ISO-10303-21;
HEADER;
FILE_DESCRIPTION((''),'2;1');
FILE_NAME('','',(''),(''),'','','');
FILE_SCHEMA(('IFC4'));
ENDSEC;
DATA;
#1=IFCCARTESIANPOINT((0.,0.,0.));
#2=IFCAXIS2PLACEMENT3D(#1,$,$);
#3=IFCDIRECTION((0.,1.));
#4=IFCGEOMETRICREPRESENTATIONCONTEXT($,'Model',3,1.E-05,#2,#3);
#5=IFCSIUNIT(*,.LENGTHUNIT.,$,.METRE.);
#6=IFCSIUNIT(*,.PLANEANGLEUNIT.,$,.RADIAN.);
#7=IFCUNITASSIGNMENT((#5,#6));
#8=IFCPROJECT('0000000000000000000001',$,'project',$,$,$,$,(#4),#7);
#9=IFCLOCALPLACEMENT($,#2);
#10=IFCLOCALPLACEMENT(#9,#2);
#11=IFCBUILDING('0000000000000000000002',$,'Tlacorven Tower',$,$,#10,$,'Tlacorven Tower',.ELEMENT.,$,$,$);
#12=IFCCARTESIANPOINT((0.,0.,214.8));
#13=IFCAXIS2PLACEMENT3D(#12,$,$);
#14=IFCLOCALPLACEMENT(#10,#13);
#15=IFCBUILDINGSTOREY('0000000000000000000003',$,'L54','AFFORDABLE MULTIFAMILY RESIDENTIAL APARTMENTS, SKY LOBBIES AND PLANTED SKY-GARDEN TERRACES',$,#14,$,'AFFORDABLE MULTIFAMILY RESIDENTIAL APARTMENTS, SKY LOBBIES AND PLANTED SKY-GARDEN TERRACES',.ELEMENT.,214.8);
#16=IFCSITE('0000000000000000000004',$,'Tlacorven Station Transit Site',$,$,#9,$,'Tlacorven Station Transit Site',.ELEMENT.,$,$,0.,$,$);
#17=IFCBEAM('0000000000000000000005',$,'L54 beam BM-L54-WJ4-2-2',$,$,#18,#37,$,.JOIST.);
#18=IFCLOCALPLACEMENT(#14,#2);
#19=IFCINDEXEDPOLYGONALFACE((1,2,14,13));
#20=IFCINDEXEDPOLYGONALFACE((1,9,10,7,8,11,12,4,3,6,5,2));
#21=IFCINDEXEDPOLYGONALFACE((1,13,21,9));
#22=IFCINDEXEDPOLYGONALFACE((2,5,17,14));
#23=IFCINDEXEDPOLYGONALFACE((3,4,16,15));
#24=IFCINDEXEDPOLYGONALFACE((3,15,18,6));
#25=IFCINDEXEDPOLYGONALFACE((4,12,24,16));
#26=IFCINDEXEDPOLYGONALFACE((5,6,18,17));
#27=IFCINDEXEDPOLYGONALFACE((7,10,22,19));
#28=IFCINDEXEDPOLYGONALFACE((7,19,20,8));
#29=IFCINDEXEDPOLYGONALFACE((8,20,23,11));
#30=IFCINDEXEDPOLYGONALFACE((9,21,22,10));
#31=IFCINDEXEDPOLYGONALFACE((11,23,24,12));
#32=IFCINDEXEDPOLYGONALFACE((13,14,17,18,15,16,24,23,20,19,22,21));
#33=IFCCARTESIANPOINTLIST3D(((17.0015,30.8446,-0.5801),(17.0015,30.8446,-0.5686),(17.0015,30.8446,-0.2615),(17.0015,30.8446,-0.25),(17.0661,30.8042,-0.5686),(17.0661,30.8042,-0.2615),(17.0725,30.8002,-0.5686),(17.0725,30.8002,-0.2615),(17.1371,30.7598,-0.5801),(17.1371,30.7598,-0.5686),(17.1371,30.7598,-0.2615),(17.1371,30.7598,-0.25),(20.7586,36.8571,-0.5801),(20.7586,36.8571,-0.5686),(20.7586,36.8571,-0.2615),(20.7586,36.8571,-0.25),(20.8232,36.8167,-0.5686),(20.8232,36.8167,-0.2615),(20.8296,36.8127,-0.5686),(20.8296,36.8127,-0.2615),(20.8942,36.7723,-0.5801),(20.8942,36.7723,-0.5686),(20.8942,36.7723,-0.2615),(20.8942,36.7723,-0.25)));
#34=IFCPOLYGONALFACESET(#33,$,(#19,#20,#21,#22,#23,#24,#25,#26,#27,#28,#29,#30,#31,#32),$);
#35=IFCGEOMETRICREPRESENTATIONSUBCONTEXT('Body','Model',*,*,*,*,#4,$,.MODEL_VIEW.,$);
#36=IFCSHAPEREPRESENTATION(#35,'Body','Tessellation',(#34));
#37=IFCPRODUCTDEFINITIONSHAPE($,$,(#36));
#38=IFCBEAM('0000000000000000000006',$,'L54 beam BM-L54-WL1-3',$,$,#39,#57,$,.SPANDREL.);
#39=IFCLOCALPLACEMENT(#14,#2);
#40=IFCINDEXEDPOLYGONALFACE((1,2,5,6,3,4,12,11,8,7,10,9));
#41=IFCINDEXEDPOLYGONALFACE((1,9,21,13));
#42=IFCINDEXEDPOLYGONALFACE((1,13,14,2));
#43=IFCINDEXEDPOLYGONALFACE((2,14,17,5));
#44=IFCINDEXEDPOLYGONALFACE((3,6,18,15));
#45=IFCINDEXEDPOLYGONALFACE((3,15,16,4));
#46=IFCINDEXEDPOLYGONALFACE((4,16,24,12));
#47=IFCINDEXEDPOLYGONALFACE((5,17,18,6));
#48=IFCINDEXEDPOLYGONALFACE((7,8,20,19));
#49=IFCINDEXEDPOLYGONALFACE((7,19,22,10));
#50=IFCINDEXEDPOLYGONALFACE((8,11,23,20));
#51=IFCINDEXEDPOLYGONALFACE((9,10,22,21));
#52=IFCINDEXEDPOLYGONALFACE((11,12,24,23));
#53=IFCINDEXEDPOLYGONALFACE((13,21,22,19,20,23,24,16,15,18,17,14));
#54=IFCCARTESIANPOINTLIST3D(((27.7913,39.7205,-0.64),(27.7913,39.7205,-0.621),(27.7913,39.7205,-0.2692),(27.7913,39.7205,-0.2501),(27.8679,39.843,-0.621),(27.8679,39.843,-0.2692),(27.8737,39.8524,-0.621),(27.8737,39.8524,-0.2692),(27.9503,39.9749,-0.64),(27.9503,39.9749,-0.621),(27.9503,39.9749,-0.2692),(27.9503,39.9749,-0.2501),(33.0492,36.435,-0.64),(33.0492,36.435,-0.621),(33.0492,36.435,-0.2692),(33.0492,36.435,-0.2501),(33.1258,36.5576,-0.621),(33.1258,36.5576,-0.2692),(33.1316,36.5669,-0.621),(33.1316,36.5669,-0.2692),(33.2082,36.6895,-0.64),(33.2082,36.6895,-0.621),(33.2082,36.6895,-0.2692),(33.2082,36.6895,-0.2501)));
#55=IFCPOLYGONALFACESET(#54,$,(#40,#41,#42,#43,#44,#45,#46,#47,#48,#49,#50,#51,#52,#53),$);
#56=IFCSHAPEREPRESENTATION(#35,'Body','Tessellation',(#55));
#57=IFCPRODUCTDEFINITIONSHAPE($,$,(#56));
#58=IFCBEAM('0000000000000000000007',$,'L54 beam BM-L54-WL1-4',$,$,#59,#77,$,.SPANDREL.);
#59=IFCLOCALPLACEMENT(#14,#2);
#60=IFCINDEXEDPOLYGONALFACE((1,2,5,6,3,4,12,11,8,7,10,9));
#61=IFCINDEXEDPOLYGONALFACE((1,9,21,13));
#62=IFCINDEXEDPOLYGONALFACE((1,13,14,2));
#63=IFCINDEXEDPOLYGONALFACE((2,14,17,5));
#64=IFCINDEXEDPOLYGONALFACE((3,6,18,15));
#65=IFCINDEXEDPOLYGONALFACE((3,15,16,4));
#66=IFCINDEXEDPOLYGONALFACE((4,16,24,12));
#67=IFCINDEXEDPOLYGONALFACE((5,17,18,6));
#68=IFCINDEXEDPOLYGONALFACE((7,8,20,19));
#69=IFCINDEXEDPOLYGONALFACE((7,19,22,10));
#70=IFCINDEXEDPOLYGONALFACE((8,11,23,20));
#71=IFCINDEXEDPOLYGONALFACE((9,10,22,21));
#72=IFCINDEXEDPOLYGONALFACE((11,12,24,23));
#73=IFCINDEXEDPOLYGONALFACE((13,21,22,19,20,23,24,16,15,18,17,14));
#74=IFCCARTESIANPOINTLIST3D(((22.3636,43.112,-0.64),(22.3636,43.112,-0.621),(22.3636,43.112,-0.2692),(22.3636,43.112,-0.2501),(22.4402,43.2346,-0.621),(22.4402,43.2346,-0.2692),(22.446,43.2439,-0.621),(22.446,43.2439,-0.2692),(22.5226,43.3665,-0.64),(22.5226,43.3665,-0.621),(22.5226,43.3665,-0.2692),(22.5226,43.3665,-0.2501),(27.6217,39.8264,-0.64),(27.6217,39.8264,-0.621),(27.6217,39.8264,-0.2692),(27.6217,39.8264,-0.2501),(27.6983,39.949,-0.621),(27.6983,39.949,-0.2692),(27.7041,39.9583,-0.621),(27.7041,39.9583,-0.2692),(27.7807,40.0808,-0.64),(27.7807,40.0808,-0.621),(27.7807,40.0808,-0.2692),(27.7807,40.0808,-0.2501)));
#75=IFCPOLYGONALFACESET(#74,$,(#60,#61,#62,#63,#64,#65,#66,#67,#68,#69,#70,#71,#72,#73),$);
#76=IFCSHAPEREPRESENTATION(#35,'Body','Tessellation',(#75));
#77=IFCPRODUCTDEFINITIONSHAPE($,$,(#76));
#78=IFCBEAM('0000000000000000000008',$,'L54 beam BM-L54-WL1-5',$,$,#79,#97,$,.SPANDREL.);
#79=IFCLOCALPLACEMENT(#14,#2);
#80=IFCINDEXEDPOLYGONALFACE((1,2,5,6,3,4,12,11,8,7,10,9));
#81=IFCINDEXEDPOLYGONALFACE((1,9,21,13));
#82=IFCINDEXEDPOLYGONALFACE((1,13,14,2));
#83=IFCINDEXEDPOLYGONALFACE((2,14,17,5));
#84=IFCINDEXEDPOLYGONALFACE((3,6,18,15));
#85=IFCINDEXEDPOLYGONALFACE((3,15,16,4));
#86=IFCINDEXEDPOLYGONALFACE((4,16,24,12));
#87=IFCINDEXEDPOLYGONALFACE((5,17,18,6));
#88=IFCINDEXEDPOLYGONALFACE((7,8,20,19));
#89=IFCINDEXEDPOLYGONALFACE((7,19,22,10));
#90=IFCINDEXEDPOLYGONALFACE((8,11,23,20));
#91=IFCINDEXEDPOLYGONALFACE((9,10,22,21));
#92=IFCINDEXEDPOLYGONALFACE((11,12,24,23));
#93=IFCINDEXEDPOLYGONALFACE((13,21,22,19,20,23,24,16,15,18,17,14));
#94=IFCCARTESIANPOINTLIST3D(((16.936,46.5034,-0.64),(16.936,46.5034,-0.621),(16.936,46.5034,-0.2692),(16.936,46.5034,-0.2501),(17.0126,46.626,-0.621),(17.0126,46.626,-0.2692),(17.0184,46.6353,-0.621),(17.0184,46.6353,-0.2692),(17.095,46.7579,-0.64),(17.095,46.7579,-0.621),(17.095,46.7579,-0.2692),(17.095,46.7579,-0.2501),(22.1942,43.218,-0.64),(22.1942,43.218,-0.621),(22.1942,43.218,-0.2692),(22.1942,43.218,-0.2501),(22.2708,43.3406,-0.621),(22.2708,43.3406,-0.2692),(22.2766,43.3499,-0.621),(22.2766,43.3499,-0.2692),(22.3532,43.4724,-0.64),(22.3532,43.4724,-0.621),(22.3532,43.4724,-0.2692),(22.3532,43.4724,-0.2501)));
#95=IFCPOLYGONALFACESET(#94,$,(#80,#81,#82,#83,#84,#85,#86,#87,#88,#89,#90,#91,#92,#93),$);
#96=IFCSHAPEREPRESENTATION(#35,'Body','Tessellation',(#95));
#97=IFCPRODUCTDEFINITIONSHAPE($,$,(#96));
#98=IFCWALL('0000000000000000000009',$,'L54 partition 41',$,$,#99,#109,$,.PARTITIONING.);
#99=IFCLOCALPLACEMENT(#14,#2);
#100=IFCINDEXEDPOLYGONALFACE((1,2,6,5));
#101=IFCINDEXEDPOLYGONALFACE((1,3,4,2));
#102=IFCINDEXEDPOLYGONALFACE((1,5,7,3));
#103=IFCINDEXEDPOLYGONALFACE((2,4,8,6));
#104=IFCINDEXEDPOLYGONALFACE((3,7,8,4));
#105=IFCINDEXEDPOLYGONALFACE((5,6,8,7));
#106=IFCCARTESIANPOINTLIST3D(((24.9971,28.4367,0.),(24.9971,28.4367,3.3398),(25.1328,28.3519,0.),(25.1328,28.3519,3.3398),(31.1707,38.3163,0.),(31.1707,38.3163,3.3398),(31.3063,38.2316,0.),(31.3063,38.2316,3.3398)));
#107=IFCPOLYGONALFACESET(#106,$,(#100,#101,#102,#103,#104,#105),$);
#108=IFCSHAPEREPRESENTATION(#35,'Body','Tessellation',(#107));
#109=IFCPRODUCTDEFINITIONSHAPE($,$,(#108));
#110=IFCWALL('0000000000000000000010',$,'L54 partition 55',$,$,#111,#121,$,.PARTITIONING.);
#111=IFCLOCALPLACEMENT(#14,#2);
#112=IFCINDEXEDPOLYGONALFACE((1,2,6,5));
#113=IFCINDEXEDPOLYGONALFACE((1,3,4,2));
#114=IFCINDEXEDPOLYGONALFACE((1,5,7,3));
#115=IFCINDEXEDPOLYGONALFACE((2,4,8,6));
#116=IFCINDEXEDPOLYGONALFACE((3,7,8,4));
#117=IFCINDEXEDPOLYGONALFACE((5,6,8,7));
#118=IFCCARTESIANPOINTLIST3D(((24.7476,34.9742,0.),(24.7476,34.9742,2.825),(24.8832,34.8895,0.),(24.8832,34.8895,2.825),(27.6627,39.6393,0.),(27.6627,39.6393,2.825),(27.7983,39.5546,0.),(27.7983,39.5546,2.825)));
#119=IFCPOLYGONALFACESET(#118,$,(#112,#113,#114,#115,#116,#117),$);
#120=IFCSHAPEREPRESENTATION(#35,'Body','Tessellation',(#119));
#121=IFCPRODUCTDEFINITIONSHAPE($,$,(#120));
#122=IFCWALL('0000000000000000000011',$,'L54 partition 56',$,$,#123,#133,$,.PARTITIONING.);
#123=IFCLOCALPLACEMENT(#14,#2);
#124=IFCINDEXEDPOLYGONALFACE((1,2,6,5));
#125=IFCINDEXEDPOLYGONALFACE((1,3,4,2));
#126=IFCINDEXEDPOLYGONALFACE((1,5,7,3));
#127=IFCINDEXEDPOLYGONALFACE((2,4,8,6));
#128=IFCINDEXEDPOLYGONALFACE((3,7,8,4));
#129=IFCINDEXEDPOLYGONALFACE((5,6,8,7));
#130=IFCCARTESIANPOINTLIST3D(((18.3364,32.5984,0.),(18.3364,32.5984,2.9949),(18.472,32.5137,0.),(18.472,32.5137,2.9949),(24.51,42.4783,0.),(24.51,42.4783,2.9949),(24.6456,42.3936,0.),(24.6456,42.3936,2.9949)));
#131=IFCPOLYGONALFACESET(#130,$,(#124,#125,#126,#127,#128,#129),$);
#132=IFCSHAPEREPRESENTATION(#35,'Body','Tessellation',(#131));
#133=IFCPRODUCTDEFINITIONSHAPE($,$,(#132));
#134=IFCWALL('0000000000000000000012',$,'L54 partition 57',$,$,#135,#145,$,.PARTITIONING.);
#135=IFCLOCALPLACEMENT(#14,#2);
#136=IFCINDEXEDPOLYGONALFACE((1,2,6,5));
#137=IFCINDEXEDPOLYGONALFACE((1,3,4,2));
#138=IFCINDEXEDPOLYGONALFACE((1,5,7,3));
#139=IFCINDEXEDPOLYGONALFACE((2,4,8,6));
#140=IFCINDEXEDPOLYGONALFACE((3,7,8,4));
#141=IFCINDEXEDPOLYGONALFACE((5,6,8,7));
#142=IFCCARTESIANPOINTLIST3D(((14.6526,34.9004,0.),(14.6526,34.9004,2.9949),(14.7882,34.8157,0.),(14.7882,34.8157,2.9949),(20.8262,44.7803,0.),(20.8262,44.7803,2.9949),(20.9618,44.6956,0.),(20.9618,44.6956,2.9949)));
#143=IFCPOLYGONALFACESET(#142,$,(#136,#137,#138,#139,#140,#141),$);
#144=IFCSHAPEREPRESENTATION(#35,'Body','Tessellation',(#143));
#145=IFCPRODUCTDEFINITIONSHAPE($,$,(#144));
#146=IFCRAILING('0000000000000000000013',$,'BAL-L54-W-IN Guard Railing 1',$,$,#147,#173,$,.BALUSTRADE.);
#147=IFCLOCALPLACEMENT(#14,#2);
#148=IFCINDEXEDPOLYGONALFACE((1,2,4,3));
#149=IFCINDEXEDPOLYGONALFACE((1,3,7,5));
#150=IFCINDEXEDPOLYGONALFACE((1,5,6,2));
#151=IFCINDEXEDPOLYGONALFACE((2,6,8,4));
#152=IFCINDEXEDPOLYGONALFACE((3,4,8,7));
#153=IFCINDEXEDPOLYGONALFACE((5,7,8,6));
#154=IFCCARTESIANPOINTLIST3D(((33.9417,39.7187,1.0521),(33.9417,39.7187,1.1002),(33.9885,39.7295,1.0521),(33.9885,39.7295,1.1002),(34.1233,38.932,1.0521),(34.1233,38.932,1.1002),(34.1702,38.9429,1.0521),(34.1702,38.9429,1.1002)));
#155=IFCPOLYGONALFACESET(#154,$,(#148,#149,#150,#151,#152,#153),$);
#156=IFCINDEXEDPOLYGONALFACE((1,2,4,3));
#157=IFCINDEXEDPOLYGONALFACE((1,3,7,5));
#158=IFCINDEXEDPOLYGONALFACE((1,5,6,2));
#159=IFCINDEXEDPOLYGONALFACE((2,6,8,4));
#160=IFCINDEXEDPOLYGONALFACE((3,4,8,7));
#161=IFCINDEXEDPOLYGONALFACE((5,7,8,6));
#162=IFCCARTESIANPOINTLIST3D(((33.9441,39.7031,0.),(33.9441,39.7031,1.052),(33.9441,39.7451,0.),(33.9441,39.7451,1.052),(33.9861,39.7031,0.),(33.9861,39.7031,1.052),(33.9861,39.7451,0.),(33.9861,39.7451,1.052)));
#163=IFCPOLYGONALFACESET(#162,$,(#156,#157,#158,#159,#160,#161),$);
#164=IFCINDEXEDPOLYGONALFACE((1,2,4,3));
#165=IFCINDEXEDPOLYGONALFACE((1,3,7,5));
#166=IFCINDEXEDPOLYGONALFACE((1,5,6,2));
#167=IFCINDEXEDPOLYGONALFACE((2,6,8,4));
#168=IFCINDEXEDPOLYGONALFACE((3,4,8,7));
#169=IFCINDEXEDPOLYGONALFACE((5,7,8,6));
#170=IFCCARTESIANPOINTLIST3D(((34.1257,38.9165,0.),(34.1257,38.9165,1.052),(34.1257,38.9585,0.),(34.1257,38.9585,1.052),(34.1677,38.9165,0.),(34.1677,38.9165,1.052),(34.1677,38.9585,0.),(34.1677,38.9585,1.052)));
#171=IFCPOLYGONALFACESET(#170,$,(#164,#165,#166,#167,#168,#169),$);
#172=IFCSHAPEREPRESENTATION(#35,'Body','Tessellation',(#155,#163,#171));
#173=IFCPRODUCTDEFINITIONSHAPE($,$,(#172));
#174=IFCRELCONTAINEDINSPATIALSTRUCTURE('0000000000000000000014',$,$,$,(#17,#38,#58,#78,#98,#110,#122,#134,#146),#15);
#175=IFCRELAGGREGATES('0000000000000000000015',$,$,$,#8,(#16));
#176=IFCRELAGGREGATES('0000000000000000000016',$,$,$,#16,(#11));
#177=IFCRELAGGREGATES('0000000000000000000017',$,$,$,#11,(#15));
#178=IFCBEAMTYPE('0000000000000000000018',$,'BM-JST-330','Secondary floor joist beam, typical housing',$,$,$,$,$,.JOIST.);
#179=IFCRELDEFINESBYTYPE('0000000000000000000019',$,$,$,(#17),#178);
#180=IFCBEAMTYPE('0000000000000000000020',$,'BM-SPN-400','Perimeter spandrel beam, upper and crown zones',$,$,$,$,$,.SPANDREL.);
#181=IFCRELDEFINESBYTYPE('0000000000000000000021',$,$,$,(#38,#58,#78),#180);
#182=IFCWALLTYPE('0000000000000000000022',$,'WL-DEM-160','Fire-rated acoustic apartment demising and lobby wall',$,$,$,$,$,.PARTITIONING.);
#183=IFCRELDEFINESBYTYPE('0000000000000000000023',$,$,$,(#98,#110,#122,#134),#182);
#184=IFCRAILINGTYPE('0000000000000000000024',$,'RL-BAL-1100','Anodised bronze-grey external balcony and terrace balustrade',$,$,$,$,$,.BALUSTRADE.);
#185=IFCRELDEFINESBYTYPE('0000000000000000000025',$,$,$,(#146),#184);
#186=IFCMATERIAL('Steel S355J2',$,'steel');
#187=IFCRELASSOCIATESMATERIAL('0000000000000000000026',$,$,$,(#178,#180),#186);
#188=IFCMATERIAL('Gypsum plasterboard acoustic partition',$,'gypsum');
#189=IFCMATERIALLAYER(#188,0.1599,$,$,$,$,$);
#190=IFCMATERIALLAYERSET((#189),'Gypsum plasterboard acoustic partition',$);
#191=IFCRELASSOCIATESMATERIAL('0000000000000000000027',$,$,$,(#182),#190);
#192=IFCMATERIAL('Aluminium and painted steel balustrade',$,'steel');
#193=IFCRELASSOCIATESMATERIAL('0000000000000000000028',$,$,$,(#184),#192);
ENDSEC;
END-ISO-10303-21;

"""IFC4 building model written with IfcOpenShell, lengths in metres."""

from ifc_helpers import new_model, si_unit, direction, frame, frame_2d, origin, origin_2d, place, context, subcontext, project, spatial, rectangle, i_section, extrude, source, transform, mapped, material, layer, layer_set, material_profile, profile_set, type_object, element, save


model = new_model("IFC4")

# Units and contexts
model_context = context("Model", 3, precision=1e-05, world=origin(), true_north=direction((0.0, 1.0)))
body_context = subcontext(model_context, "Body", "Model", "MODEL_VIEW")
ifc_project = project(units=[si_unit("LENGTHUNIT", "METRE"), si_unit("PLANEANGLEUNIT", "RADIAN")], contexts=[model_context])

# Site, building, storey
site_placement = place(None, origin())
site = spatial("IfcSite", under=ifc_project, at=site_placement, Name="Tlacorven Station Transit Site", LongName="Tlacorven Station Transit Site", CompositionType="ELEMENT", RefElevation=0.0)
building_placement = place(site_placement, origin())
building = spatial("IfcBuilding", under=site, at=building_placement, Name="Tlacorven Tower", LongName="Tlacorven Tower", CompositionType="ELEMENT")
storey_placement = place(building_placement, frame((0.0, 0.0, 214.8)))
storey = spatial("IfcBuildingStorey", under=building, at=storey_placement, Name="L54", Description="AFFORDABLE MULTIFAMILY RESIDENTIAL APARTMENTS, SKY LOBBIES AND PLANTED SKY-GARDEN TERRACES", LongName="AFFORDABLE MULTIFAMILY RESIDENTIAL APARTMENTS, SKY LOBBIES AND PLANTED SKY-GARDEN TERRACES", CompositionType="ELEMENT", Elevation=214.8)

# Beams
ifc_material_1 = material(Name="Steel S355J2", Category="steel")
ifc_material_profile_1 = material_profile(ifc_material_1, i_section(OverallWidth=0.1599, OverallDepth=0.3301, WebThickness=0.0076, FlangeThickness=0.0115, at=origin_2d()), Name="IPE 330")
ifc_profile_set_1 = profile_set([ifc_material_profile_1], Name="Steel S355J2")
beam_type_1 = type_object("IfcBeamType", Name="BM-JST-330", Description="Secondary floor joist beam, typical housing", PredefinedType="JOIST", material=ifc_profile_set_1)
shared_shape_1 = source(origin(), body_context, "Body", "SweptSolid", [
    extrude(i_section(OverallWidth=0.1599, OverallDepth=0.3301, WebThickness=0.0076, FlangeThickness=0.0115, at=origin_2d()), origin(), (0.0, 0.0, 1.0), 7.0898),
])
beam_1_placement = place(storey_placement, frame((20.8264, 36.8147, -0.415), z_axis=(-0.529928, -0.848043, 0.0), x_axis=(0.848043, -0.529928, 0.0)))
element("IfcBeam", 1, at=beam_1_placement, inside=storey, type_object=beam_type_1, Name="L54 beam BM-L54-WJ4-2-2", PredefinedType="JOIST", context=body_context, shape_type="MappedRepresentation", body=[
    mapped(shared_shape_1, transform((0.0, 0.0, 0.0), scale=1.0)),
])
ifc_material_profile_2 = material_profile(ifc_material_1, i_section(OverallWidth=0.3, OverallDepth=0.3899, WebThickness=0.011, FlangeThickness=0.019, at=origin_2d()), Name="HEA 400")
ifc_profile_set_2 = profile_set([ifc_material_profile_2], Name="Steel S355J2")
beam_type_2 = type_object("IfcBeamType", Name="BM-SPN-400", Description="Perimeter spandrel beam, upper and crown zones", PredefinedType="SPANDREL", material=ifc_profile_set_2)
shared_shape_2 = source(origin(), body_context, "Body", "SweptSolid", [
    extrude(i_section(OverallWidth=0.3, OverallDepth=0.3899, WebThickness=0.011, FlangeThickness=0.019, at=origin_2d()), origin(), (0.0, 0.0, 1.0), 6.2),
])
beam_2_placement = place(storey_placement, frame((33.1287, 36.5623, -0.4451), z_axis=(-0.848051, 0.529914, 0.0), x_axis=(-0.529914, -0.848051, 0.0)))
element("IfcBeam", 2, at=beam_2_placement, inside=storey, type_object=beam_type_2, Name="L54 beam BM-L54-WL1-3", PredefinedType="SPANDREL", context=body_context, shape_type="MappedRepresentation", body=[
    mapped(shared_shape_2, transform((0.0, 0.0, 0.0), scale=1.0)),
])
shared_shape_3 = source(origin(), body_context, "Body", "SweptSolid", [
    extrude(i_section(OverallWidth=0.3, OverallDepth=0.3899, WebThickness=0.011, FlangeThickness=0.019, at=origin_2d()), origin(), (0.0, 0.0, 1.0), 6.2002),
])
for number, where, z_axis, x_axis, name in (
    (3, (27.7012, 39.9536, -0.4451), (-0.848045, 0.529925, 0.0), (-0.529925, -0.848045, 0.0), "L54 beam BM-L54-WL1-4"),
    (4, (22.2737, 43.3452, -0.4451), (-0.848062, 0.529896, 0.0), (-0.529896, -0.848062, 0.0), "L54 beam BM-L54-WL1-5"),
):
    element("IfcBeam", number, at=place(storey_placement, frame(where, z_axis=z_axis, x_axis=x_axis)), inside=storey, type_object=beam_type_2, Name=name, PredefinedType="SPANDREL", context=body_context, shape_type="MappedRepresentation", body=[
        mapped(shared_shape_3, transform((0.0, 0.0, 0.0), scale=1.0)),
    ])

# Walls
ifc_material_2 = material(Name="Gypsum plasterboard acoustic partition", Category="gypsum")
ifc_layer_1 = layer(ifc_material_2, 0.1599)
ifc_layer_set_1 = layer_set([ifc_layer_1], Name="Gypsum plasterboard acoustic partition")
wall_type = type_object("IfcWallType", Name="WL-DEM-160", Description="Fire-rated acoustic apartment demising and lobby wall", PredefinedType="PARTITIONING", material=ifc_layer_set_1)
wall_1_placement = place(storey_placement, frame((31.2385, 38.2739, 0.0), z_axis=(0.0, 0.0, 1.0), x_axis=(-0.529925, -0.848044, 0.0)))
element("IfcWall", 5, at=wall_1_placement, inside=storey, type_object=wall_type, Name="L54 partition 41", PredefinedType="PARTITIONING", context=body_context, shape_type="SweptSolid", body=[
    extrude(rectangle(XDim=11.6499, YDim=0.1599, at=frame_2d((5.825, 0.0))), origin(), (0.0, 0.0, 1.0), 3.3398),
])
wall_2_placement = place(storey_placement, frame((27.7305, 39.5969, 0.0), z_axis=(0.0, 0.0, 1.0), x_axis=(-0.529919, -0.848048, 0.0)))
element("IfcWall", 6, at=wall_2_placement, inside=storey, type_object=wall_type, Name="L54 partition 55", PredefinedType="PARTITIONING", context=body_context, shape_type="SweptSolid", body=[
    extrude(rectangle(XDim=5.501, YDim=0.1599, at=frame_2d((2.7505, 0.0))), origin(), (0.0, 0.0, 1.0), 2.825),
])
for number, where, z_axis, x_axis, name in (
    (7, (24.5779, 42.436, 0.0), (0.0, 0.0, 1.0), (-0.529916, -0.84805, 0.0), "L54 partition 56"),
    (8, (20.894, 44.738, 0.0), (0.0, 0.0, 1.0), (-0.529916, -0.84805, 0.0), "L54 partition 57"),
):
    element("IfcWall", number, at=place(storey_placement, frame(where, z_axis=z_axis, x_axis=x_axis)), inside=storey, type_object=wall_type, Name=name, PredefinedType="PARTITIONING", context=body_context, shape_type="SweptSolid", body=[
        extrude(rectangle(XDim=11.6501, YDim=0.1599, at=frame_2d((5.8252, 0.0))), origin(), (0.0, 0.0, 1.0), 2.9949),
    ])

# Railing
ifc_material_3 = material(Name="Aluminium and painted steel balustrade", Category="steel")
railing_type = type_object("IfcRailingType", Name="RL-BAL-1100", Description="Anodised bronze-grey external balcony and terrace balustrade", PredefinedType="BALUSTRADE", material=ifc_material_3)
shared_shape_4 = source(origin(), body_context, "Body", "SweptSolid", [
    extrude(rectangle(XDim=0.0481, YDim=0.0481, at=origin_2d()), frame((0.0, 0.0, 1.0762), z_axis=(0.224992, -0.974361, 0.0), x_axis=(0.974361, 0.224992, 0.0)), (0.0, 0.0, 1.0), 0.8074),
    extrude(rectangle(XDim=0.042, YDim=0.042, at=origin_2d()), origin(), (0.0, 0.0, 1.0), 1.052),
    extrude(rectangle(XDim=0.042, YDim=0.042, at=origin_2d()), frame((0.1816, -0.7866, 0.0)), (0.0, 0.0, 1.0), 1.052),
])
railing_1_placement = place(storey_placement, frame((33.9651, 39.7241, 0.0)))
element("IfcRailing", 9, at=railing_1_placement, inside=storey, type_object=railing_type, Name="BAL-L54-W-IN Guard Railing 1", PredefinedType="BALUSTRADE", context=body_context, shape_type="MappedRepresentation", body=[
    mapped(shared_shape_4, transform((0.0, 0.0, 0.0), scale=1.0)),
])

save(model, "model.ifc")
